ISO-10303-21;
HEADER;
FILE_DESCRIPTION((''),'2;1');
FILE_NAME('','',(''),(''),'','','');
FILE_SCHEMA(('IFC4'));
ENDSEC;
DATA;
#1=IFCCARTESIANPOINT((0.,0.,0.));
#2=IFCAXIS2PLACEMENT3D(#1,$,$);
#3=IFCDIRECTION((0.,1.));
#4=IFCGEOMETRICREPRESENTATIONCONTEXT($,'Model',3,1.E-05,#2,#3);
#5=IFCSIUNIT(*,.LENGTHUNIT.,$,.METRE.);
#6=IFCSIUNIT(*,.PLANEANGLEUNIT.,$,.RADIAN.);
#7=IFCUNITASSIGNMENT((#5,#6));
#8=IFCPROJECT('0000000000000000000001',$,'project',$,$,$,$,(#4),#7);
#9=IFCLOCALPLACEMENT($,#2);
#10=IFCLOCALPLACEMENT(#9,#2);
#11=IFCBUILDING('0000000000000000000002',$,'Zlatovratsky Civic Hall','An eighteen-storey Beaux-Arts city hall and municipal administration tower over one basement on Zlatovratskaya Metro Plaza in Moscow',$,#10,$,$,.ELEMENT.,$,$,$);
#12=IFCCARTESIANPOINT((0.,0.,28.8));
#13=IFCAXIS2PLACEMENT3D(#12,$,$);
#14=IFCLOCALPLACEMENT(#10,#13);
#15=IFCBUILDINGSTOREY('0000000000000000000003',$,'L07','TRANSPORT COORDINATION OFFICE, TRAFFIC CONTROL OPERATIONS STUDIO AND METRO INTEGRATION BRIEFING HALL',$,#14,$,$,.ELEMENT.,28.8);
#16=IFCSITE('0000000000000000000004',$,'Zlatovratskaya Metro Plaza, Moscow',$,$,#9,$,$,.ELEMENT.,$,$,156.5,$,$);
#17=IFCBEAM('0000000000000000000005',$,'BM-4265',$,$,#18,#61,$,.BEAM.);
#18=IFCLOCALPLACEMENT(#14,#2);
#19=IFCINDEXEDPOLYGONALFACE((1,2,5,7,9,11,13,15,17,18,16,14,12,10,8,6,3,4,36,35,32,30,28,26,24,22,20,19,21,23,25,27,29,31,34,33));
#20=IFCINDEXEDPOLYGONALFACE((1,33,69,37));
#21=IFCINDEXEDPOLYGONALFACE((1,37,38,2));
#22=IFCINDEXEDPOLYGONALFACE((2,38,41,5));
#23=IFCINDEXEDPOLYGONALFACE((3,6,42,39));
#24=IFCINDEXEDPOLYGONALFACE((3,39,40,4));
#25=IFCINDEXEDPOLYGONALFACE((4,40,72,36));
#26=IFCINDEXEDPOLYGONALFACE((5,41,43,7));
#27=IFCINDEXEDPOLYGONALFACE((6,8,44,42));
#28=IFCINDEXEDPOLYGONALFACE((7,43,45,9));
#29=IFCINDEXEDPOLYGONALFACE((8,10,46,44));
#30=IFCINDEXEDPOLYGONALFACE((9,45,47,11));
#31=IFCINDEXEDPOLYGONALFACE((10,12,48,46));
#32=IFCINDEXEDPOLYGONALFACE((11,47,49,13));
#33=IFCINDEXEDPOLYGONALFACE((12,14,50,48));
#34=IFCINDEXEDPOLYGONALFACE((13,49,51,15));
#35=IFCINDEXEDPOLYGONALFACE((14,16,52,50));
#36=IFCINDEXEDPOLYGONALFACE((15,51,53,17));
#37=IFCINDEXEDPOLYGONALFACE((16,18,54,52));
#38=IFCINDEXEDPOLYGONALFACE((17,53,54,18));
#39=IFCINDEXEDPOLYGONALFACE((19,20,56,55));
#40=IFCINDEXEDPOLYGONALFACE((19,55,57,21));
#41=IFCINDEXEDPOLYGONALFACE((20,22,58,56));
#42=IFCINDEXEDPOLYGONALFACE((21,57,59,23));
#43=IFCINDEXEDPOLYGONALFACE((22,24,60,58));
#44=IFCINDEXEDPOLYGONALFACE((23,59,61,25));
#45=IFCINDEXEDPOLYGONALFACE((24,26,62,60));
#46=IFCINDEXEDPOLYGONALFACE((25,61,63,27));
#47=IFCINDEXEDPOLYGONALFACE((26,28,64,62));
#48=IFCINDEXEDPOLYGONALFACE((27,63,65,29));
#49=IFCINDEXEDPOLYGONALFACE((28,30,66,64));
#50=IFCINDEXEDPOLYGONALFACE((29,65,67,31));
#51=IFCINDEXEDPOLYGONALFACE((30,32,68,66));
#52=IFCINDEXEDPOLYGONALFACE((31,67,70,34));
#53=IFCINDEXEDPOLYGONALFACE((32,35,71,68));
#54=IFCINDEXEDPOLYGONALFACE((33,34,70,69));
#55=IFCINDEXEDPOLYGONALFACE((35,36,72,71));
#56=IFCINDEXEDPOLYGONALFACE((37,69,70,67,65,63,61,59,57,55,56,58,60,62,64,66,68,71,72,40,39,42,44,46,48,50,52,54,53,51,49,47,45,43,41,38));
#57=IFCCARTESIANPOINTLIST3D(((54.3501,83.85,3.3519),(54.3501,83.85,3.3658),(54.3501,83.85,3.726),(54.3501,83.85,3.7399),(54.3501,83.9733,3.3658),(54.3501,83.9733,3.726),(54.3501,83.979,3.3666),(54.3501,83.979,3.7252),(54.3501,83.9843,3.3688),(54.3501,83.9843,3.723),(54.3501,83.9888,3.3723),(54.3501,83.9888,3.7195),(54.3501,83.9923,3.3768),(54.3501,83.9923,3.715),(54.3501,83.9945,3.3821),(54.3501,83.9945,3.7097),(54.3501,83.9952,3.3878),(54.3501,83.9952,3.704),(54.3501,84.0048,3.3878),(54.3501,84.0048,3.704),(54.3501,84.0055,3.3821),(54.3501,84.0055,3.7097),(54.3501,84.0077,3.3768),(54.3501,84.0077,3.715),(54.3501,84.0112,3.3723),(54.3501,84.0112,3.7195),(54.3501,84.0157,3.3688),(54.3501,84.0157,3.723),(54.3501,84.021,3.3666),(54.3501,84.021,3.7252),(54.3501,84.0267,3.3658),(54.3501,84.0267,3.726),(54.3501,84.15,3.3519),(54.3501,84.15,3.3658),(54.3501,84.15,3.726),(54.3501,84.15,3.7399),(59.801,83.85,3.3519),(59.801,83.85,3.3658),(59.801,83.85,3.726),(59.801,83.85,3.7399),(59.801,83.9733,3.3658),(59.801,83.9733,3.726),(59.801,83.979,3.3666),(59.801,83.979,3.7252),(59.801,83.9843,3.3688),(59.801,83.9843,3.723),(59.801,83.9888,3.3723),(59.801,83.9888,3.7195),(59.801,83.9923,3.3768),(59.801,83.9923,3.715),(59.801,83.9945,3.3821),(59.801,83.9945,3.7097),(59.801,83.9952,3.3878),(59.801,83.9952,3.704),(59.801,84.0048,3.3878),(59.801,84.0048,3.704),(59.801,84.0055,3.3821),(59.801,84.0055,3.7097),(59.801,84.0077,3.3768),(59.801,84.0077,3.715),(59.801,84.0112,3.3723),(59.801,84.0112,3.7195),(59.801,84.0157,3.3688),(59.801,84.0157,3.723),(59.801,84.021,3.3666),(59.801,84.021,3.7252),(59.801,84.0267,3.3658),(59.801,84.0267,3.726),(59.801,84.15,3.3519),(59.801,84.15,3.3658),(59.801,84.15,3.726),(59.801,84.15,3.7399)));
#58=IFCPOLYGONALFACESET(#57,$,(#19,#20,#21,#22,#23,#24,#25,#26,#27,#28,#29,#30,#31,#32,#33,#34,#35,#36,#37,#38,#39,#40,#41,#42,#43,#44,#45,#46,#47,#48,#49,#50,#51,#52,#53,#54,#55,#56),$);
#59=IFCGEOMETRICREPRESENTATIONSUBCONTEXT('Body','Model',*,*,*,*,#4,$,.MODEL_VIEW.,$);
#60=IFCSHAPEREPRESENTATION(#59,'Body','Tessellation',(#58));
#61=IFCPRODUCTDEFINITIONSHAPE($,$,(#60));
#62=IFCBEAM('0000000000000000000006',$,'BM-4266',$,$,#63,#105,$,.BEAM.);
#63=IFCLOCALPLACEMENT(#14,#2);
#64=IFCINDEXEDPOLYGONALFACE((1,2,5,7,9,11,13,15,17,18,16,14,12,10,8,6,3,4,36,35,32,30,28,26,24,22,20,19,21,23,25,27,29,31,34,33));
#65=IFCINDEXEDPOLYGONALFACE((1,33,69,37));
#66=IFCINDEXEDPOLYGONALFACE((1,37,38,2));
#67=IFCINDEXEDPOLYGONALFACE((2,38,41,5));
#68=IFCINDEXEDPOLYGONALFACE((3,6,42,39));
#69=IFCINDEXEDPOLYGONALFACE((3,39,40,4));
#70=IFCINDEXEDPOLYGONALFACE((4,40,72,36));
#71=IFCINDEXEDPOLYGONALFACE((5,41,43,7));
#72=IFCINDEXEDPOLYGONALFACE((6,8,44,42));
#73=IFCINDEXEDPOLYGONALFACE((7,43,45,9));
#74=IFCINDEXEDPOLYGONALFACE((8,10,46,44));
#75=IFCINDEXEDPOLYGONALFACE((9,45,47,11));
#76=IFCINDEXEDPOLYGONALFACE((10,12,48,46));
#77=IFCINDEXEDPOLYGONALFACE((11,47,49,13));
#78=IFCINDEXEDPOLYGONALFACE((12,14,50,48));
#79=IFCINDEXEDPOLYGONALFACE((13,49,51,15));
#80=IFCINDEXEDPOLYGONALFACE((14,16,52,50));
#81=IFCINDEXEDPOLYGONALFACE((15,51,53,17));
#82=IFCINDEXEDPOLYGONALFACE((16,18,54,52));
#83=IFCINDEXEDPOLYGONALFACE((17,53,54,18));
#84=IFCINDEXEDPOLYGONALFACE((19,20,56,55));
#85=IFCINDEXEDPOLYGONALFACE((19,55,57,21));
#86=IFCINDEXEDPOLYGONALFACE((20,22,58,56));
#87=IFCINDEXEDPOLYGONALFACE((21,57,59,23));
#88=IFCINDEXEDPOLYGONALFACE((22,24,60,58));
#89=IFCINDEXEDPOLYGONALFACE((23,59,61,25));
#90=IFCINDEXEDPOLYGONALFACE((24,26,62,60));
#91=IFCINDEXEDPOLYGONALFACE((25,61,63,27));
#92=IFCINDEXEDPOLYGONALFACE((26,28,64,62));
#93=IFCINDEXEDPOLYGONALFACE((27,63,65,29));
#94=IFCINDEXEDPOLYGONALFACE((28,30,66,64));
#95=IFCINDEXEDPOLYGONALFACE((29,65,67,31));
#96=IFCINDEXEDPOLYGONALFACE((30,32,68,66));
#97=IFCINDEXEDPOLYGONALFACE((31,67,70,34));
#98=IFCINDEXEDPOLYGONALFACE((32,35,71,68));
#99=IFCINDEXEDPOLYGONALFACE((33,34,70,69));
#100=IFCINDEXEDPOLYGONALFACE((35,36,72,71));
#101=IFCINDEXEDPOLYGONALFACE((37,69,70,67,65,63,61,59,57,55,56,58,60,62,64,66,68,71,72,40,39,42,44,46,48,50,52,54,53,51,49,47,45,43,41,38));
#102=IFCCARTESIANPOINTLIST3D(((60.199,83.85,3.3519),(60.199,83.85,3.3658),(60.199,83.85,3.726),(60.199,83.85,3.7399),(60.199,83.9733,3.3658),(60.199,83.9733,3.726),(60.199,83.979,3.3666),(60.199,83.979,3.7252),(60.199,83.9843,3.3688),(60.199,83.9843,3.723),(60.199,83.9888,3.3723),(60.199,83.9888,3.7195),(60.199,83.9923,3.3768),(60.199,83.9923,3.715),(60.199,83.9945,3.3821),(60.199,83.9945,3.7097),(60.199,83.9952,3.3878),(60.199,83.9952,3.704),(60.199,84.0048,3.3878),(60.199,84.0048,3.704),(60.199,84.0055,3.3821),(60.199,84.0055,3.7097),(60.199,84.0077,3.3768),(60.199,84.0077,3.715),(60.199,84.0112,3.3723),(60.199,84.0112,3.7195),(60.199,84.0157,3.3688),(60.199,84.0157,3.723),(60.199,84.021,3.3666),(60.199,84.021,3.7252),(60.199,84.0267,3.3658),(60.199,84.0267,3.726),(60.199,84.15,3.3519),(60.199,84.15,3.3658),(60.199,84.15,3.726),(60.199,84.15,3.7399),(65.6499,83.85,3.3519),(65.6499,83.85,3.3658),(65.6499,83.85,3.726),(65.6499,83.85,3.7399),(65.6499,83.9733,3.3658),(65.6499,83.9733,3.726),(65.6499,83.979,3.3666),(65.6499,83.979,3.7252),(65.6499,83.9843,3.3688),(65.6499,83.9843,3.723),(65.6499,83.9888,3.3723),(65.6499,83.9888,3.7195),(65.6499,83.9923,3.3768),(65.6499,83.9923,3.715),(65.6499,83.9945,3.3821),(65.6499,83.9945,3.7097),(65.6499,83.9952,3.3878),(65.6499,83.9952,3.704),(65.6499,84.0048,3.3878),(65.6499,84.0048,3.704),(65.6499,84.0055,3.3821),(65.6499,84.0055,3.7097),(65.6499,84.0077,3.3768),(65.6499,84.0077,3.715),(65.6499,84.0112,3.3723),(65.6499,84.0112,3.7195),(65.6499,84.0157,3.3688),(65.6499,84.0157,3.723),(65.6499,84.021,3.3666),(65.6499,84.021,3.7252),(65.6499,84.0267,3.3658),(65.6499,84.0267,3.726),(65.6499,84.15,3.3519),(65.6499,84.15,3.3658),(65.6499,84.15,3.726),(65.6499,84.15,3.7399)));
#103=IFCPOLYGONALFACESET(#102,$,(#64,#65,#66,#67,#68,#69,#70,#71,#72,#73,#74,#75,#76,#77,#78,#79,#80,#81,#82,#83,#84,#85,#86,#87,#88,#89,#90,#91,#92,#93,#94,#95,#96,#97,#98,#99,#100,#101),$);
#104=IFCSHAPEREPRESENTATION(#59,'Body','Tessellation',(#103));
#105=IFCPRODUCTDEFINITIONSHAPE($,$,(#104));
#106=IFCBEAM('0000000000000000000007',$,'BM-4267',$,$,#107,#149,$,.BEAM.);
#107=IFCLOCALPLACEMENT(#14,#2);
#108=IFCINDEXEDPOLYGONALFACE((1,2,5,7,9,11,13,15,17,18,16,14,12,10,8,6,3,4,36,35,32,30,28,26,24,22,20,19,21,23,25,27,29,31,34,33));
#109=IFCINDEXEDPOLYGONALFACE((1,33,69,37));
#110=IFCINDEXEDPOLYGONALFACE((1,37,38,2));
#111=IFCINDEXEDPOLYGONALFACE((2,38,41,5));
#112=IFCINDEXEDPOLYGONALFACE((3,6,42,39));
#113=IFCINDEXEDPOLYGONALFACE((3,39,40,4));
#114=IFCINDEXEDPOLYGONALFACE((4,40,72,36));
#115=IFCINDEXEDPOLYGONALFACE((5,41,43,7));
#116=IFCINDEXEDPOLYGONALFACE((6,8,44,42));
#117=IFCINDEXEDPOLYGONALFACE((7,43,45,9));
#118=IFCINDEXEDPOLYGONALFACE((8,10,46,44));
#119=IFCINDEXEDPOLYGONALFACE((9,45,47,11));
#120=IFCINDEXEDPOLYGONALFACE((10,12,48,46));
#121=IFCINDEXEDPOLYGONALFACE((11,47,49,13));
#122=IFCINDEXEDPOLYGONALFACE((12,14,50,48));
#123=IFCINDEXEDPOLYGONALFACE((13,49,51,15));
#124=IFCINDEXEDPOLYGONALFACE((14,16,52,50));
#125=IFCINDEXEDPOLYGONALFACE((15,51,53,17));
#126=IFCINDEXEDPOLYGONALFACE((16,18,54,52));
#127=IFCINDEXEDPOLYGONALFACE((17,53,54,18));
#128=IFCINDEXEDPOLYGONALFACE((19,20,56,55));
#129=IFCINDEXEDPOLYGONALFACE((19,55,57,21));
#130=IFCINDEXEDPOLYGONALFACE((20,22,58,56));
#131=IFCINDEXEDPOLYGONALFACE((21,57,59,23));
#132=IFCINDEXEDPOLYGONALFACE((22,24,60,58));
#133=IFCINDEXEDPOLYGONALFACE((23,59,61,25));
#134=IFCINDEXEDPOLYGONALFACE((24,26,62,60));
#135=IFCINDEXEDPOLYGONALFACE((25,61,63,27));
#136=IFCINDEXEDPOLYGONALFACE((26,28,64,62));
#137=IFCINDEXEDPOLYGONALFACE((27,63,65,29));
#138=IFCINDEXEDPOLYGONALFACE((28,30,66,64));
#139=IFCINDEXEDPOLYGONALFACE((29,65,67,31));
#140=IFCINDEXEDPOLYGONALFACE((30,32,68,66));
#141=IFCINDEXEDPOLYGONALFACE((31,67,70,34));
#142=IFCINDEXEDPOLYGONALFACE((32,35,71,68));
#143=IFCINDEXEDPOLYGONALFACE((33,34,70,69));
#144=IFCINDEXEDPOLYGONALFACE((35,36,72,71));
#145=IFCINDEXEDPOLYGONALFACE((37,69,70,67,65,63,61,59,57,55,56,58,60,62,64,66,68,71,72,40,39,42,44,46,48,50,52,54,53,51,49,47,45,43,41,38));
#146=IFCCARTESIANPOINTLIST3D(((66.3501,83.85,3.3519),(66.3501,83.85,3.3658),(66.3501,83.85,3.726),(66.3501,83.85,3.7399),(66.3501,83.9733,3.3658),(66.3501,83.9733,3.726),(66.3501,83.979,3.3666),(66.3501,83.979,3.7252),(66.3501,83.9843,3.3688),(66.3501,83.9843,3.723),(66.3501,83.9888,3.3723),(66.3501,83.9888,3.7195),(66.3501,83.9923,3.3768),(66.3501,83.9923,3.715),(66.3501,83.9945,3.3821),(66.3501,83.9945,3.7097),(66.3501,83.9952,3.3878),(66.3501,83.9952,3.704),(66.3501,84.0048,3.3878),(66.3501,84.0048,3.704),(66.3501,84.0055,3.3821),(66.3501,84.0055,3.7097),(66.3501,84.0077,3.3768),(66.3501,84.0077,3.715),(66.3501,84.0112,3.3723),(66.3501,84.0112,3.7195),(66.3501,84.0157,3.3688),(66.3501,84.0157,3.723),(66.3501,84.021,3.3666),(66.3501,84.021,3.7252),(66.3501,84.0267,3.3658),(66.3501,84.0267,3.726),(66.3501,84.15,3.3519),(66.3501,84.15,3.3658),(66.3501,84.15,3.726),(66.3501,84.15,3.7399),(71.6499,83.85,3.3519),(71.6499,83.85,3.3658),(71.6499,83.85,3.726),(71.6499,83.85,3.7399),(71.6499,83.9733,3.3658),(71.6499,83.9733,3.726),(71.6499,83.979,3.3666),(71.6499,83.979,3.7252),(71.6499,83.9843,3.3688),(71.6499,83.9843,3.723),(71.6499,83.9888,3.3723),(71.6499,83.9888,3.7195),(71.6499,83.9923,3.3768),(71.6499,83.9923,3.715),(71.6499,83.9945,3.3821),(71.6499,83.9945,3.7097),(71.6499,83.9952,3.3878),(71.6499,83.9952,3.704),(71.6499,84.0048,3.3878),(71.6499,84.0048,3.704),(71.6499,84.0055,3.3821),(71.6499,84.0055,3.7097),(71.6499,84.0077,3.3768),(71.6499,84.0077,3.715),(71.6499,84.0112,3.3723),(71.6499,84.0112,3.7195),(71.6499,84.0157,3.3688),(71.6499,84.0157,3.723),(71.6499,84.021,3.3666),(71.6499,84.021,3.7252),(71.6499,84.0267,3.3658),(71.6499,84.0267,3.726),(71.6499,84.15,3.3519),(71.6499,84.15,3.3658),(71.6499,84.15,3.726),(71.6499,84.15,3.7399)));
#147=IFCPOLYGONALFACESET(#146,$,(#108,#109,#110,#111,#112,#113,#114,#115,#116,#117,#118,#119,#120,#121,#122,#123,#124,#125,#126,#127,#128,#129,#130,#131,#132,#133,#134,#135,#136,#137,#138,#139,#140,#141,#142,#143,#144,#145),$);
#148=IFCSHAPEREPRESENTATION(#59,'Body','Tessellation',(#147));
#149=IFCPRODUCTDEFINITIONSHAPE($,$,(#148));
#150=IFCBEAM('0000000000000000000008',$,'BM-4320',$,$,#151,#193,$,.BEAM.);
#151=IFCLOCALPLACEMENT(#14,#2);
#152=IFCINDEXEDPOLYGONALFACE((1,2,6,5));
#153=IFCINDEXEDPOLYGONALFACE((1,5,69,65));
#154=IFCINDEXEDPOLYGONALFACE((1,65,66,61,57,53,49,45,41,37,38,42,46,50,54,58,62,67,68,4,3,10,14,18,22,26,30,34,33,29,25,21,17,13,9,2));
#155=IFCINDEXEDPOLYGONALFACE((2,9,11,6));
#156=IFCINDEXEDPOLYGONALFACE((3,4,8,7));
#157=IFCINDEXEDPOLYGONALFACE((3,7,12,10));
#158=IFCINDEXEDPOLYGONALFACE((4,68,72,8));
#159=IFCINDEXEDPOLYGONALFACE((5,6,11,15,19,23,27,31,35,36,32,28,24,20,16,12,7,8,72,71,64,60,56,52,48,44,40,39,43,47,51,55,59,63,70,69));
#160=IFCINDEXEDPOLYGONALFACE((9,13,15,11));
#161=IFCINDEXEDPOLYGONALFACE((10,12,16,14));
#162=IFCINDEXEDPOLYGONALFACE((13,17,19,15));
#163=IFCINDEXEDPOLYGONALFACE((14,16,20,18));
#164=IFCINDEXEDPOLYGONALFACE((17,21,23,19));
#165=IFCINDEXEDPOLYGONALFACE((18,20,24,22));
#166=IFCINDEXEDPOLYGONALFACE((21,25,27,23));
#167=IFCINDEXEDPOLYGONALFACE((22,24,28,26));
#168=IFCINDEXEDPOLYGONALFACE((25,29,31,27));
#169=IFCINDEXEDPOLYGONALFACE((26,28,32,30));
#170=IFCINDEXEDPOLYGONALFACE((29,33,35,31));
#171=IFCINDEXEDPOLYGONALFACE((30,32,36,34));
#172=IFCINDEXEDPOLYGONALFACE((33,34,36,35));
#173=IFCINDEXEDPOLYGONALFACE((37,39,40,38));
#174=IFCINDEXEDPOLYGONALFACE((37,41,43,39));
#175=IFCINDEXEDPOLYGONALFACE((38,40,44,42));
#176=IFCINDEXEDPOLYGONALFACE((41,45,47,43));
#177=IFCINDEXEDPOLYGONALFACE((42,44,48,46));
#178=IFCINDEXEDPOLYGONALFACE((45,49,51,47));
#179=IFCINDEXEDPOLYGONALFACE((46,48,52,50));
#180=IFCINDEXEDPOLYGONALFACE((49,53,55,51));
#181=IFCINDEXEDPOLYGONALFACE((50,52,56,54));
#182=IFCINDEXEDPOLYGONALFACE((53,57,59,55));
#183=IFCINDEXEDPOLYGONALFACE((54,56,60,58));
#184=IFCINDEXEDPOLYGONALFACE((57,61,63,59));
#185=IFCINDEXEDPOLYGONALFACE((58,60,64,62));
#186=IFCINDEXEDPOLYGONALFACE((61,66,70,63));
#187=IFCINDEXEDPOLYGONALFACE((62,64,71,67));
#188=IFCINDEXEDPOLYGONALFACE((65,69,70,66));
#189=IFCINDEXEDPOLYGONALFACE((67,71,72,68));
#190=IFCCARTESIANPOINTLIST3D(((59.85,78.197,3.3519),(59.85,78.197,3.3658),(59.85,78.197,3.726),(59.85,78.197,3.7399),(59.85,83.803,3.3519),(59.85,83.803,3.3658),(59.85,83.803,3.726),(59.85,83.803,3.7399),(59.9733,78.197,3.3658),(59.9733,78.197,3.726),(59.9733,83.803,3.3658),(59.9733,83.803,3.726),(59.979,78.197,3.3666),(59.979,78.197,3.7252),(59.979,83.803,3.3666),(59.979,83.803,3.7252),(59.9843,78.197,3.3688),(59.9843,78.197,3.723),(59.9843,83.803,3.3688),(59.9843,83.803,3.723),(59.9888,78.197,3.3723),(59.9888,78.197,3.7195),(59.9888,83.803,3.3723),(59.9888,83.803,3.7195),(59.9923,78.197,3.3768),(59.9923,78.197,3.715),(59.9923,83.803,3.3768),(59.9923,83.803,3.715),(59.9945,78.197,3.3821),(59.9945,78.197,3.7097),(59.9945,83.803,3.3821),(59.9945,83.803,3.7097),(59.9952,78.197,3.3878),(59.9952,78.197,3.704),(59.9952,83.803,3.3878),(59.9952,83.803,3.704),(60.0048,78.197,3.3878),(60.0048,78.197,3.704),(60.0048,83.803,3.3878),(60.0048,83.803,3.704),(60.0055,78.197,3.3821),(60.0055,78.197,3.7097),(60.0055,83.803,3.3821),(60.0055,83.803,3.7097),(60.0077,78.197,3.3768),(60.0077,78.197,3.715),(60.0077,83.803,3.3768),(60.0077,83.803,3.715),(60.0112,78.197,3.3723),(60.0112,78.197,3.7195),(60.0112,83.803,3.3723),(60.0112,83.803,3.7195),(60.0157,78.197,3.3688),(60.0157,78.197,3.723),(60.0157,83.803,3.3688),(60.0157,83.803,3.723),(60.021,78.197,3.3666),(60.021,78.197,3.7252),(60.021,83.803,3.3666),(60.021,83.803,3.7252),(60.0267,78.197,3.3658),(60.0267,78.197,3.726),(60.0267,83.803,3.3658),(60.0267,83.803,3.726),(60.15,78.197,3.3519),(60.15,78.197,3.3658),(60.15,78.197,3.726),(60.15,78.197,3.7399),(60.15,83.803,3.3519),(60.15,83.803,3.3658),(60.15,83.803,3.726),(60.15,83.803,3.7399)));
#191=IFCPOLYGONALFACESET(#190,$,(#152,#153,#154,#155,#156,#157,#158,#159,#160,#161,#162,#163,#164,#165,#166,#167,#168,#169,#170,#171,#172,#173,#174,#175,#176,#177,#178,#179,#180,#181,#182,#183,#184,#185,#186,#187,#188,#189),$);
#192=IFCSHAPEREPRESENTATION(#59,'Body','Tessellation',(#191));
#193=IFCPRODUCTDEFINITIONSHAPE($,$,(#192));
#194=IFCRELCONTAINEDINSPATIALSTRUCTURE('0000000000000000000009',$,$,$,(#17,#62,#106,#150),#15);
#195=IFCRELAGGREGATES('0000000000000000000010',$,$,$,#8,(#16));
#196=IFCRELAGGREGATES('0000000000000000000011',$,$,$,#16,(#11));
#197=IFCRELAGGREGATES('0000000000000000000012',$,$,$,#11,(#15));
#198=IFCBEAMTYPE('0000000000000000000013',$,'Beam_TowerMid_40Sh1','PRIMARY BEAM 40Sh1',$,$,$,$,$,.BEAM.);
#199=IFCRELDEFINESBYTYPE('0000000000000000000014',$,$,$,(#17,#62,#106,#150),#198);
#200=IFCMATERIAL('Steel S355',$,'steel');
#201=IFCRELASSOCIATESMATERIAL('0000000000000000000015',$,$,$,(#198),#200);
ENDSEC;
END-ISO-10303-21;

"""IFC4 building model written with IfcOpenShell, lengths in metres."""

from ifc_helpers import new_model, si_unit, direction, frame, origin, origin_2d, place, context, subcontext, project, spatial, i_section, extrude, material, material_profile, profile_set, type_object, element, save


model = new_model("IFC4")

# Units and contexts
model_context = context("Model", 3, precision=1e-05, world=origin(), true_north=direction((0.0, 1.0)))
body_context = subcontext(model_context, "Body", "Model", "MODEL_VIEW")
ifc_project = project(units=[si_unit("LENGTHUNIT", "METRE"), si_unit("PLANEANGLEUNIT", "RADIAN")], contexts=[model_context])

# Site, building, storey
site_placement = place(None, origin())
site = spatial("IfcSite", under=ifc_project, at=site_placement, Name="Zlatovratskaya Metro Plaza, Moscow", CompositionType="ELEMENT", RefElevation=156.5)
building_placement = place(site_placement, origin())
building = spatial("IfcBuilding", under=site, at=building_placement, Name="Zlatovratsky Civic Hall", Description="An eighteen-storey Beaux-Arts city hall and municipal administration tower over one basement on Zlatovratskaya Metro Plaza in Moscow", CompositionType="ELEMENT")
storey_placement = place(building_placement, frame((0.0, 0.0, 28.8)))
storey = spatial("IfcBuildingStorey", under=building, at=storey_placement, Name="L07", Description="TRANSPORT COORDINATION OFFICE, TRAFFIC CONTROL OPERATIONS STUDIO AND METRO INTEGRATION BRIEFING HALL", CompositionType="ELEMENT", Elevation=28.8)

# Shared definitions
ifc_material_1 = material(Name="Steel S355", Category="steel")

# Beams
ifc_material_profile_1 = material_profile(ifc_material_1, i_section(OverallWidth=0.3, OverallDepth=0.3879, WebThickness=0.0095, FlangeThickness=0.0139, FilletRadius=0.022, at=origin_2d()), Name="40Sh1")
ifc_profile_set_1 = profile_set([ifc_material_profile_1], Name="Steel S355")
beam_type_1 = type_object("IfcBeamType", Name="Beam_TowerMid_40Sh1", Description="PRIMARY BEAM 40Sh1", PredefinedType="BEAM", material=ifc_profile_set_1)
for number, where, z_axis, x_axis, name in (
    (1, (54.3501, 84.0, 3.5459), (1.0, 0.0, 0.0), (0.0, 1.0, 0.0), "BM-4265"),
    (2, (60.199, 84.0, 3.5459), (1.0, 0.0, 0.0), (0.0, 1.0, 0.0), "BM-4266"),
):
    element("IfcBeam", number, at=place(storey_placement, frame(where, z_axis=z_axis, x_axis=x_axis)), inside=storey, type_object=beam_type_1, Name=name, PredefinedType="BEAM", context=body_context, shape_type="SweptSolid", body=[
        extrude(i_section(OverallWidth=0.3, OverallDepth=0.3879, WebThickness=0.0095, FlangeThickness=0.0139, FilletRadius=0.022, at=origin_2d()), origin(), (0.0, 0.0, 1.0), 5.4509),
    ])
beam_1_placement = place(storey_placement, frame((66.3501, 84.0, 3.5459), z_axis=(1.0, 0.0, 0.0), x_axis=(0.0, 1.0, 0.0)))
element("IfcBeam", 3, at=beam_1_placement, inside=storey, type_object=beam_type_1, Name="BM-4267", PredefinedType="BEAM", context=body_context, shape_type="SweptSolid", body=[
    extrude(i_section(OverallWidth=0.3, OverallDepth=0.3879, WebThickness=0.0095, FlangeThickness=0.0139, FilletRadius=0.022, at=origin_2d()), origin(), (0.0, 0.0, 1.0), 5.2998),
])
for number, where, z_axis, x_axis, name in (
    (4, (60.0, 78.197, 3.5459), (0.0, 1.0, 0.0), (-1.0, 0.0, 0.0), "BM-4320"),
):
    element("IfcBeam", number, at=place(storey_placement, frame(where, z_axis=z_axis, x_axis=x_axis)), inside=storey, type_object=beam_type_1, Name=name, PredefinedType="BEAM", context=body_context, shape_type="SweptSolid", body=[
        extrude(i_section(OverallWidth=0.3, OverallDepth=0.3879, WebThickness=0.0095, FlangeThickness=0.0139, FilletRadius=0.022, at=origin_2d()), origin(), (0.0, 0.0, 1.0), 5.606),
    ])

save(model, "model.ifc")
